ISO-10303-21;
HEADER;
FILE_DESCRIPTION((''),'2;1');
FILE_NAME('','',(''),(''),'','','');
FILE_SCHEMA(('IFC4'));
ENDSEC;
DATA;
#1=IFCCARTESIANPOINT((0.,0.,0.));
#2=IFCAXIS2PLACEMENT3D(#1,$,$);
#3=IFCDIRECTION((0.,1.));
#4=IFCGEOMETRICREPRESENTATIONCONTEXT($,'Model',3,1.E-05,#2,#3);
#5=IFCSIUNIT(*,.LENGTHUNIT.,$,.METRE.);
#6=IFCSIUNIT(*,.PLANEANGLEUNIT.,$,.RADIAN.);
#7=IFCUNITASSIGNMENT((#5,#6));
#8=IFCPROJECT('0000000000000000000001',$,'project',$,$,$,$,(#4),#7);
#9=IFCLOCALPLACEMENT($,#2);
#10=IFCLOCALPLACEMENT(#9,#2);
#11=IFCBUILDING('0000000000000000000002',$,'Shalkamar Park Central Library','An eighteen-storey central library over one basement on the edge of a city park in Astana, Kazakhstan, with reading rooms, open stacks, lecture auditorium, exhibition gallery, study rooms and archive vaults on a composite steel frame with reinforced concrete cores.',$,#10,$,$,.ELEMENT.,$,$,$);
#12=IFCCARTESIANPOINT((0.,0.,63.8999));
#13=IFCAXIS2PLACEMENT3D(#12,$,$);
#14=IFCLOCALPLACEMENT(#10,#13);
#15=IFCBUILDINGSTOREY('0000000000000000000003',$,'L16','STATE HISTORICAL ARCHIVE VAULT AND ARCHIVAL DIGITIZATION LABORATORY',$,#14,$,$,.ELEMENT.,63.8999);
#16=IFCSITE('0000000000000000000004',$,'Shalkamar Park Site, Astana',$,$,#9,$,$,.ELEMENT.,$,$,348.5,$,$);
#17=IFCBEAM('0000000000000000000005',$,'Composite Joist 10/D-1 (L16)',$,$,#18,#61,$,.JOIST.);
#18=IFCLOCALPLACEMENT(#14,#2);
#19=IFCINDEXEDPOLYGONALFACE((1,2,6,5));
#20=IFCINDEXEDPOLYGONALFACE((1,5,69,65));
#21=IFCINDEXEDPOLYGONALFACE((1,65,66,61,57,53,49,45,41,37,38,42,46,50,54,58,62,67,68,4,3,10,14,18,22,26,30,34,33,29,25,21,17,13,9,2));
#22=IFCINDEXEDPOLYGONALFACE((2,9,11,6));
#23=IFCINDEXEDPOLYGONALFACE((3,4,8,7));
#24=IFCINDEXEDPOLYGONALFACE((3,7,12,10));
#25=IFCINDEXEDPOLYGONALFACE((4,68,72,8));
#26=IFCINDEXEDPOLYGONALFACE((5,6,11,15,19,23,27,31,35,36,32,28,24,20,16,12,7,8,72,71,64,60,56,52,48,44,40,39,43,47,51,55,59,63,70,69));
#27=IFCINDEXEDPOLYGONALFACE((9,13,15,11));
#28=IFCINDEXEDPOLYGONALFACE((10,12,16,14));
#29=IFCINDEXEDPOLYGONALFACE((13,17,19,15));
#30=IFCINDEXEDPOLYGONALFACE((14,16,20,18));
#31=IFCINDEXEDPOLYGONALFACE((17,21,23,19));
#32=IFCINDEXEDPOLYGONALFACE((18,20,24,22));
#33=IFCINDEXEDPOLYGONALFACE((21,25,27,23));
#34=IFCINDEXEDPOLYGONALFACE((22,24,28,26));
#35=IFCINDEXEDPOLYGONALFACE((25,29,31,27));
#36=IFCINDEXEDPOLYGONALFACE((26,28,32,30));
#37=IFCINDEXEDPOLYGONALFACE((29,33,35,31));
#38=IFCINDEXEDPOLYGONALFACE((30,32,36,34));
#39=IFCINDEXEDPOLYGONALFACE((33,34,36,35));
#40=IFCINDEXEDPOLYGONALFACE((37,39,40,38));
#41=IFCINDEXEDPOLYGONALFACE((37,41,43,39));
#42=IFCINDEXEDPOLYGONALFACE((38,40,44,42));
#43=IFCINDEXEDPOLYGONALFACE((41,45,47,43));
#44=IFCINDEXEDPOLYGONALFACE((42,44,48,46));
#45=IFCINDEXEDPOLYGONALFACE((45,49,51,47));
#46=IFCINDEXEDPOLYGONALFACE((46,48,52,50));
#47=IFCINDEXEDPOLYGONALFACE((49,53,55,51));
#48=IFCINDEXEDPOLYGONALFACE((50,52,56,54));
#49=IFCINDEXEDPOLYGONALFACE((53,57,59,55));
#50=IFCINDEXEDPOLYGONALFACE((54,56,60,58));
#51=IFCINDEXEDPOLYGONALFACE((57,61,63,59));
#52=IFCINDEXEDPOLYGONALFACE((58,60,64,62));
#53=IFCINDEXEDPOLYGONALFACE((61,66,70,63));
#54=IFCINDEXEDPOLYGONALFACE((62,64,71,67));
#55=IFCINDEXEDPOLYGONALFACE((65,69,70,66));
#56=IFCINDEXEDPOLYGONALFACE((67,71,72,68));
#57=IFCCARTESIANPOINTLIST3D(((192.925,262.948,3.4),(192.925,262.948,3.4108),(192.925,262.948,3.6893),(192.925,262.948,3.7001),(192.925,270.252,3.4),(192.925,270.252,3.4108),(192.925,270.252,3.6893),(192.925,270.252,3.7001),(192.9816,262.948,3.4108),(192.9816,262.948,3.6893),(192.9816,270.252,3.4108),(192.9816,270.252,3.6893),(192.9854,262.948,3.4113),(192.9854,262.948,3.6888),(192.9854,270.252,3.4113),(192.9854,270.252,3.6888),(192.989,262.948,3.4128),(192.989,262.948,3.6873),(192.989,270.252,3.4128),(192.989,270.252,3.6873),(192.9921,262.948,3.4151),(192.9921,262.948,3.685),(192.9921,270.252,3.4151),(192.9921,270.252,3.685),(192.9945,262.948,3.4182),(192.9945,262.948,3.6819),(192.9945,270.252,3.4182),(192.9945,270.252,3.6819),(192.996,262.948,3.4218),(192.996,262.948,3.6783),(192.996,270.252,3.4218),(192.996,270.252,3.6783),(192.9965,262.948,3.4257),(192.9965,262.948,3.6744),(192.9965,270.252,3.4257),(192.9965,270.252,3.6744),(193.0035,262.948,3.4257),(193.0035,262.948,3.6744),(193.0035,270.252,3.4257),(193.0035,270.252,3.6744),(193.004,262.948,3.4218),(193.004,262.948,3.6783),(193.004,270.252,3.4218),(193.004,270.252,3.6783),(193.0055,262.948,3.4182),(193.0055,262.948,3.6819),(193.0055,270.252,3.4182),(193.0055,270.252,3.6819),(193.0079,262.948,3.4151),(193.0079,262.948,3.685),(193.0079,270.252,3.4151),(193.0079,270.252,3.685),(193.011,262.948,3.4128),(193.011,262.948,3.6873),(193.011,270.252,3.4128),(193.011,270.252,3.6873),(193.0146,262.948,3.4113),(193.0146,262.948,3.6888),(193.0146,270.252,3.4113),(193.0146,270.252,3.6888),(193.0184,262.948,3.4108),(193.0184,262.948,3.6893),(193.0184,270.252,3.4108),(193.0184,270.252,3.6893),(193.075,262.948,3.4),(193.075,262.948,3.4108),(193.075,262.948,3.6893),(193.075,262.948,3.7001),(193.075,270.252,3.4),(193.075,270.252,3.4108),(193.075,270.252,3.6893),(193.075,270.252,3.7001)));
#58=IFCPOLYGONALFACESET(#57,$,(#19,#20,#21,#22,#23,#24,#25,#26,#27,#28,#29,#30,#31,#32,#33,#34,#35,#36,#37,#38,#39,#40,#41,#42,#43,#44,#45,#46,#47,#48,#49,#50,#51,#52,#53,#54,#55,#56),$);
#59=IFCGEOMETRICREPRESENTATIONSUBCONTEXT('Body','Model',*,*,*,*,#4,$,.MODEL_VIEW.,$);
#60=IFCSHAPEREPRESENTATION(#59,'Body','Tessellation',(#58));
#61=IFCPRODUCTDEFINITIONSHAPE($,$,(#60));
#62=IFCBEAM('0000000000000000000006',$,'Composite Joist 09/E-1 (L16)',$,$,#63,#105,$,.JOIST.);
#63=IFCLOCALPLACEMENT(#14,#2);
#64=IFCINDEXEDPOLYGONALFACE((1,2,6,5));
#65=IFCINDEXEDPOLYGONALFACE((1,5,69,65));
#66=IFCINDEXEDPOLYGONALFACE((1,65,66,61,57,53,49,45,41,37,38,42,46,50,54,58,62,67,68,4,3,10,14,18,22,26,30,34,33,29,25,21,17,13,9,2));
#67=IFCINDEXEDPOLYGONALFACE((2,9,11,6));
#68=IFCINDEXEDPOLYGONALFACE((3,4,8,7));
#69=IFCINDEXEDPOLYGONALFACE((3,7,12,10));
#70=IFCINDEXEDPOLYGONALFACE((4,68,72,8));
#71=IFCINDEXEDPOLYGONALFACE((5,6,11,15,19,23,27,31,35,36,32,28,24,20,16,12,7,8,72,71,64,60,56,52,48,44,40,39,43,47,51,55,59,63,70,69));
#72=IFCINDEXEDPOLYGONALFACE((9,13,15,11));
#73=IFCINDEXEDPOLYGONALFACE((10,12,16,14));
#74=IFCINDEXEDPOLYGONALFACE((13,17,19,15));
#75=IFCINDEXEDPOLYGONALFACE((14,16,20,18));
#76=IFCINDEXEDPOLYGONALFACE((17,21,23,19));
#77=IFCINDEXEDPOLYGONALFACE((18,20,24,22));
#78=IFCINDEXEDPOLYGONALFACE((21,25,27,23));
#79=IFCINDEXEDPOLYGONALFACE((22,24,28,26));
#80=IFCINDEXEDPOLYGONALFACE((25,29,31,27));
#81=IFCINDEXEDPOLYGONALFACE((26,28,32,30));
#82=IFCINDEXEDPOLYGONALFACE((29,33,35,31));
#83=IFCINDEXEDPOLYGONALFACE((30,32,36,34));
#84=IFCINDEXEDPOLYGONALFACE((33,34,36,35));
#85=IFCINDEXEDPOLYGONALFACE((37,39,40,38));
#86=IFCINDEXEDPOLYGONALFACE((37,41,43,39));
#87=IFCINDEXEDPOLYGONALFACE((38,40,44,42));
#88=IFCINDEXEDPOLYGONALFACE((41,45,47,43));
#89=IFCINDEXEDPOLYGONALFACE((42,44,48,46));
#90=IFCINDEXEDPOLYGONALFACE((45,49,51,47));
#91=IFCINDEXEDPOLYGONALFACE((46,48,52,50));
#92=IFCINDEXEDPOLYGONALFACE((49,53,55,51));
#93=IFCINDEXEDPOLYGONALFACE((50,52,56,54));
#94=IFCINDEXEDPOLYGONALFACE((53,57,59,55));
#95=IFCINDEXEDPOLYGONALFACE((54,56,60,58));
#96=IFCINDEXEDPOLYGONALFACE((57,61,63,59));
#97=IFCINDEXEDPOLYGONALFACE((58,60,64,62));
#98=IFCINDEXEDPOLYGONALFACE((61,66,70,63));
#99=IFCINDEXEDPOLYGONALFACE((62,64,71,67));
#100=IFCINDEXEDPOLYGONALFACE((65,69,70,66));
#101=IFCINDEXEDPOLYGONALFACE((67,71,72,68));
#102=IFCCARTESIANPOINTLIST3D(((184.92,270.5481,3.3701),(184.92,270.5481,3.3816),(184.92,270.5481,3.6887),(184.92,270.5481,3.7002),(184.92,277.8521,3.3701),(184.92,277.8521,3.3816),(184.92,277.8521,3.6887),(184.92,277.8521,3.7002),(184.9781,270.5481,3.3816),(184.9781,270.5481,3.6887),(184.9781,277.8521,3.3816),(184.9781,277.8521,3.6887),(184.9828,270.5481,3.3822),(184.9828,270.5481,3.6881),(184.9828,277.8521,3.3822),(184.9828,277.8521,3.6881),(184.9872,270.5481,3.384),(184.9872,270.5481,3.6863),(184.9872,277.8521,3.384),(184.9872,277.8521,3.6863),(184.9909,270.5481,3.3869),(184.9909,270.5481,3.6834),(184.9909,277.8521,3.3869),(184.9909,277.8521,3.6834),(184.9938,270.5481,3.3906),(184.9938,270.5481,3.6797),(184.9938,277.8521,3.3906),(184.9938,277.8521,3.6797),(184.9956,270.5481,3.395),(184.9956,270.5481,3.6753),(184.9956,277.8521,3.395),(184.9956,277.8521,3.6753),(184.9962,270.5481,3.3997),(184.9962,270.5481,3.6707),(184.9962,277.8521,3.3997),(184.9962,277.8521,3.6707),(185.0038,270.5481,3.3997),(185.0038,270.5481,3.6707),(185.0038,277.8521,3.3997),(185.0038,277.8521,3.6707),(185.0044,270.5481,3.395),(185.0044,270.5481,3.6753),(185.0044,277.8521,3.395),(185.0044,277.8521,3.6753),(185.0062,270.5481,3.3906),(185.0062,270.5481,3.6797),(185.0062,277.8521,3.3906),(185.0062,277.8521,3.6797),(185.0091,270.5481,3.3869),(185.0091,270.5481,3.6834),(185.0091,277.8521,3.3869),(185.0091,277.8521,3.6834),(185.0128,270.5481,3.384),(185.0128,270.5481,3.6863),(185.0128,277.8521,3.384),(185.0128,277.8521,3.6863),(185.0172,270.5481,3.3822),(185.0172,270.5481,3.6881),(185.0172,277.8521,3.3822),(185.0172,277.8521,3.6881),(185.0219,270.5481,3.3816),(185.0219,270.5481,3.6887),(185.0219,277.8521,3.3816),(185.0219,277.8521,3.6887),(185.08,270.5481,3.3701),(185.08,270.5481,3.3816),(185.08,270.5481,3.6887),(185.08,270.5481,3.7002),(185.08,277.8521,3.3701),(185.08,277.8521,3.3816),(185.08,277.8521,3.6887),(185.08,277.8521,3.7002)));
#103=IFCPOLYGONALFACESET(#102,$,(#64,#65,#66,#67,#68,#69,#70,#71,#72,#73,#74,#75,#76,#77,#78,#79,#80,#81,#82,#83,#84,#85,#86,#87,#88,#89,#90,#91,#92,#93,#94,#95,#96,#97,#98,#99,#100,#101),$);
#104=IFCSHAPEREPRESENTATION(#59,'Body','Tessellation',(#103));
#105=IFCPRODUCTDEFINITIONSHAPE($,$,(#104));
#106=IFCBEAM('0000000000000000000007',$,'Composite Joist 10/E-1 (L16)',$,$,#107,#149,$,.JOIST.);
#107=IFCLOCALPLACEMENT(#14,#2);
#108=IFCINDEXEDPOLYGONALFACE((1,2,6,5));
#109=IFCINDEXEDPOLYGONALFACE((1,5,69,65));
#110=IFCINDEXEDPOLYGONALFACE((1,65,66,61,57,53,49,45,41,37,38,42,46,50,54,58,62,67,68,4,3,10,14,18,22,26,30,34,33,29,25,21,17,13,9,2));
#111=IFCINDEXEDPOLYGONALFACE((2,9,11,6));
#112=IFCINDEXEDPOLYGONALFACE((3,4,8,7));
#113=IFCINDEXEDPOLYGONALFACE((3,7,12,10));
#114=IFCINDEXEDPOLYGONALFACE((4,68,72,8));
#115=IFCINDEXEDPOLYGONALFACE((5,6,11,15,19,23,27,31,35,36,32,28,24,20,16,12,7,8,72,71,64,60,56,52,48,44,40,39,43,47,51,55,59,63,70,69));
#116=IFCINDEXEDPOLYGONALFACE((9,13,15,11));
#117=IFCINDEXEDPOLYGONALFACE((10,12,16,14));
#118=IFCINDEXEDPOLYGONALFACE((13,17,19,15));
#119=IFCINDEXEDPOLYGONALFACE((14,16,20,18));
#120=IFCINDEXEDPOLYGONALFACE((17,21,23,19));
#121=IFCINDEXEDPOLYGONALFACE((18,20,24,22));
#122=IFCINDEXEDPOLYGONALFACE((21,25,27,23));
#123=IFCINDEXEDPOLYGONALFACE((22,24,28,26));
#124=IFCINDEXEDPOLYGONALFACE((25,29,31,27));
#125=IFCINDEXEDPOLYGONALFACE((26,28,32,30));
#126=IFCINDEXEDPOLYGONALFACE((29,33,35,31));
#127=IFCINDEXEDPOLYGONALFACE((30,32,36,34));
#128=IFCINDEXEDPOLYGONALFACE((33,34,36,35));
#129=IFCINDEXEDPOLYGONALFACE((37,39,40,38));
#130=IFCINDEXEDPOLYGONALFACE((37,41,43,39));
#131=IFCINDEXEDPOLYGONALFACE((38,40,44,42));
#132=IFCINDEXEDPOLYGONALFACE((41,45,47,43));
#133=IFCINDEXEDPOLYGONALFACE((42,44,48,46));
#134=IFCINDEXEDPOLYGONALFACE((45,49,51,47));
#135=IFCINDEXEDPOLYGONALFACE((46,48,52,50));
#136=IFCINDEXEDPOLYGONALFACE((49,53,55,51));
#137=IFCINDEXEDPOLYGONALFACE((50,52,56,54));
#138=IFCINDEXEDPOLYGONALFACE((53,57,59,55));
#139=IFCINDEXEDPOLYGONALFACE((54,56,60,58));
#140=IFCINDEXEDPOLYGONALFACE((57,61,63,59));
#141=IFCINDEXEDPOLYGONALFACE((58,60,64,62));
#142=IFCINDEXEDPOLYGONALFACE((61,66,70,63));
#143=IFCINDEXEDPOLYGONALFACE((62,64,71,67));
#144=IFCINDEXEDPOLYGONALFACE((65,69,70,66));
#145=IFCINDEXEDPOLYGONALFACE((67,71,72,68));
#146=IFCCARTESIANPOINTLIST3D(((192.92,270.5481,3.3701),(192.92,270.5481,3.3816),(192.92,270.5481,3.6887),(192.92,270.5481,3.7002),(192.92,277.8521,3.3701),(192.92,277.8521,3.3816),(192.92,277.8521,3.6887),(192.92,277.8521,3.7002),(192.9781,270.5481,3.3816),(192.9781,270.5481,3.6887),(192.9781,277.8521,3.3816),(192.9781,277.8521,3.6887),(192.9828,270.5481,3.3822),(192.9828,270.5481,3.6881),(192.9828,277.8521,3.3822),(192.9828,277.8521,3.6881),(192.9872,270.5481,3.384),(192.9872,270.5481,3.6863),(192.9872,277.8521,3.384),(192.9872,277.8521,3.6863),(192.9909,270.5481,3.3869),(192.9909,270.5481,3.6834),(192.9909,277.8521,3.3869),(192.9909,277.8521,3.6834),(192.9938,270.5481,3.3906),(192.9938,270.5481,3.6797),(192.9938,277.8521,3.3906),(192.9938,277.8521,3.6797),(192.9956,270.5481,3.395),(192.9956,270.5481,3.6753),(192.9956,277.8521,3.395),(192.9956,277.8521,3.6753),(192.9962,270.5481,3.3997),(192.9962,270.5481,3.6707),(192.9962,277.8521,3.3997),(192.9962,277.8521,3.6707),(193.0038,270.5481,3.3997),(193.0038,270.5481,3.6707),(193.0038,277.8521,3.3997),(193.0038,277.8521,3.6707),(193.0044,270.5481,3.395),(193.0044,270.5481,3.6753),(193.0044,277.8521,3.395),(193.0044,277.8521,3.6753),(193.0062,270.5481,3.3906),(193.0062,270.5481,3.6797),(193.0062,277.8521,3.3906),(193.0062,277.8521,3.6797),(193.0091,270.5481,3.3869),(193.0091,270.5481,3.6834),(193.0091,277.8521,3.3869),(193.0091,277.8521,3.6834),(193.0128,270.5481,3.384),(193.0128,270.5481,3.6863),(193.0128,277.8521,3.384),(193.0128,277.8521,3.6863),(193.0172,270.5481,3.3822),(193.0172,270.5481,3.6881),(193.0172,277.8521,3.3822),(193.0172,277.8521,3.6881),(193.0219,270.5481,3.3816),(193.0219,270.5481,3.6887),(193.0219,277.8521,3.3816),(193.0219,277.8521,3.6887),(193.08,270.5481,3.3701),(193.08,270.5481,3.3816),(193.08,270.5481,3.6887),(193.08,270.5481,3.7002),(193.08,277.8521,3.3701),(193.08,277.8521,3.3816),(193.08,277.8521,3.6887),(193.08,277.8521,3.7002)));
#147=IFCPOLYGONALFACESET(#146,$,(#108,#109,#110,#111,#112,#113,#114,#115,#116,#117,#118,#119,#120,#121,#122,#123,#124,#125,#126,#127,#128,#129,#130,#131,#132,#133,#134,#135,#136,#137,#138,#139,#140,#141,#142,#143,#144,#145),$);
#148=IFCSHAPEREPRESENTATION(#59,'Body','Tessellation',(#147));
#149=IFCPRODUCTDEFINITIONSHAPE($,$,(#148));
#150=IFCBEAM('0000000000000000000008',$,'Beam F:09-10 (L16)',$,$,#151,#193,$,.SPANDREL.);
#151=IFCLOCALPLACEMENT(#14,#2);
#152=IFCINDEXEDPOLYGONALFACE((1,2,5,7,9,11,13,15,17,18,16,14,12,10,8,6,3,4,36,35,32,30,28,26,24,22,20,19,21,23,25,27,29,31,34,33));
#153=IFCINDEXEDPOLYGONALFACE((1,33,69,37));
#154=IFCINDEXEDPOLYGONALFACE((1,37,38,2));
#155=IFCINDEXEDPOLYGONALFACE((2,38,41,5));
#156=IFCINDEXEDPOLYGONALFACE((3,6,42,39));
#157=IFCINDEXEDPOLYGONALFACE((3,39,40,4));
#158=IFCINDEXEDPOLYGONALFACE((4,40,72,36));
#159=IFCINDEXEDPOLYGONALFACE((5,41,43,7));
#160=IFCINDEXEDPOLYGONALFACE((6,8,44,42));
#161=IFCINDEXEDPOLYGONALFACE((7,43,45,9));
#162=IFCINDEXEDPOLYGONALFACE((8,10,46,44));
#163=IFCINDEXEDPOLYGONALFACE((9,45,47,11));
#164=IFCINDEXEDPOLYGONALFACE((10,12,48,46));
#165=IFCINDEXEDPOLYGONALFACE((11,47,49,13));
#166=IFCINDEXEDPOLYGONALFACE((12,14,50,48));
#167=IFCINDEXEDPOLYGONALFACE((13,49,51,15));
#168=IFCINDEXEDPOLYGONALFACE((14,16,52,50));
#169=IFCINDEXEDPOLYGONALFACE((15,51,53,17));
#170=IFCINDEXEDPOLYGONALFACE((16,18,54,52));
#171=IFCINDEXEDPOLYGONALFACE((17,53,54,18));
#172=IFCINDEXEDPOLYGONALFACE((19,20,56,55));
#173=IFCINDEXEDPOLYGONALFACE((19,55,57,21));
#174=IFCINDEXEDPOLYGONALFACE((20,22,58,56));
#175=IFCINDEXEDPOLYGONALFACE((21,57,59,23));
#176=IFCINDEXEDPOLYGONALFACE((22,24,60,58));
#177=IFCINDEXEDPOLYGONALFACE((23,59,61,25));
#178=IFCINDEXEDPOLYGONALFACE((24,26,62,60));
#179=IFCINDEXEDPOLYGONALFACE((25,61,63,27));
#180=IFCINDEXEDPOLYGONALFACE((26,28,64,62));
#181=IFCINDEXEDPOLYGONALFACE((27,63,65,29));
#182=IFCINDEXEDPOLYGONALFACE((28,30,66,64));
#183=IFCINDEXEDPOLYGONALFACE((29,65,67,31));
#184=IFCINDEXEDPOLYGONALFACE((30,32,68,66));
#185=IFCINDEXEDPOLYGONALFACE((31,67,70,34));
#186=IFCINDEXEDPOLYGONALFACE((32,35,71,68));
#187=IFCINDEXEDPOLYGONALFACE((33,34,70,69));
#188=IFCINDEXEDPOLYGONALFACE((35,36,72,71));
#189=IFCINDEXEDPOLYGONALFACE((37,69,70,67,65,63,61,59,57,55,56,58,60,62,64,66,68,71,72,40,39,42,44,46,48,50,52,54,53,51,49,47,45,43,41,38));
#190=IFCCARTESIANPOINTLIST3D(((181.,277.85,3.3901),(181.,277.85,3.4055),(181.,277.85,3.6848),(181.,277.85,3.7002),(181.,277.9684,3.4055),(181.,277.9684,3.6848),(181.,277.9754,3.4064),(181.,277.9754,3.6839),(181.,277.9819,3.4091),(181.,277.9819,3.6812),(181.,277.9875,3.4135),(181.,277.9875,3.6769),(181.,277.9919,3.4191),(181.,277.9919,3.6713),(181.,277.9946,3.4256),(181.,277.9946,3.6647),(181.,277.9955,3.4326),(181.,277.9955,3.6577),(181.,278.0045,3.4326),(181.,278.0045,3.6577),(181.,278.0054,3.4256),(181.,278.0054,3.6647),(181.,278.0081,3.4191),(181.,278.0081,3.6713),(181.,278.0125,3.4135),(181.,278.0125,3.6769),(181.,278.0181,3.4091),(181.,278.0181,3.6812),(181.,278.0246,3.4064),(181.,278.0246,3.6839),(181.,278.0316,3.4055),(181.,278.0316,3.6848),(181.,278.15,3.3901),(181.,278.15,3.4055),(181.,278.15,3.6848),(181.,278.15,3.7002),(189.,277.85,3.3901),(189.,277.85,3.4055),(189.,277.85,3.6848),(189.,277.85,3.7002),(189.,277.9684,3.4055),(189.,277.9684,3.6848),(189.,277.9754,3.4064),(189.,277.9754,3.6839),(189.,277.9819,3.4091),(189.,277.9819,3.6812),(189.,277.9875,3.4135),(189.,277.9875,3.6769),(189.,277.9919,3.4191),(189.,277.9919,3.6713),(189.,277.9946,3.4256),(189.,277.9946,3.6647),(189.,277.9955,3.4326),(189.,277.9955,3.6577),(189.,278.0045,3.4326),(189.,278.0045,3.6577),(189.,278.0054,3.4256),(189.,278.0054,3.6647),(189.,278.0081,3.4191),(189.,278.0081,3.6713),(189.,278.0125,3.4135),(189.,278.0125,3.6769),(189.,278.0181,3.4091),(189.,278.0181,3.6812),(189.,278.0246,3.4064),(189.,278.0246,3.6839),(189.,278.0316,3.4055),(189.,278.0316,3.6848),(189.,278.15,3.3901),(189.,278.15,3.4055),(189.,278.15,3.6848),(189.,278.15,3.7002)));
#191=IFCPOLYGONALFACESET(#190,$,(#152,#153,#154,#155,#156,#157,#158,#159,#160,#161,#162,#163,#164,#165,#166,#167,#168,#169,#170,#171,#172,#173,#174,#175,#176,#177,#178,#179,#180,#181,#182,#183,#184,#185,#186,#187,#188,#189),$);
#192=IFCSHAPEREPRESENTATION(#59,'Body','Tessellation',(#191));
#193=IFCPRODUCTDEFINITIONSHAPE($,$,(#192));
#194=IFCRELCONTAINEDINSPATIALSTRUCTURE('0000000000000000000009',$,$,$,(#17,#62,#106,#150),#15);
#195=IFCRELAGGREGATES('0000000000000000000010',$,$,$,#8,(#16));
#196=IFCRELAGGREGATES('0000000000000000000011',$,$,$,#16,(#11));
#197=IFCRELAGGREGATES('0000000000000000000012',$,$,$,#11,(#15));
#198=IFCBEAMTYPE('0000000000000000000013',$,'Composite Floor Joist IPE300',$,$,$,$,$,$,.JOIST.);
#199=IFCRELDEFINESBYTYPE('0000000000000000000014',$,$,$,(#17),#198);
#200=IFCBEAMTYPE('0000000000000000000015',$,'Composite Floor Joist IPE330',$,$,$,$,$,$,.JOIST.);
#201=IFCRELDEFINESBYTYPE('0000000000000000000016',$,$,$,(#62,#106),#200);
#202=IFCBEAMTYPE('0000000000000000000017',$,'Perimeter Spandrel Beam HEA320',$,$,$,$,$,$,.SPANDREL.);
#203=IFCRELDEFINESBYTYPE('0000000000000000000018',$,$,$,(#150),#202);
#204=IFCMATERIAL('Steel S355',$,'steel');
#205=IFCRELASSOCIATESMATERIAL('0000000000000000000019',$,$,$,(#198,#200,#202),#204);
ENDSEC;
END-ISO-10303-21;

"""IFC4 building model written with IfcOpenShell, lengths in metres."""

from ifc_helpers import new_model, si_unit, direction, frame, origin, origin_2d, place, context, subcontext, project, spatial, i_section, extrude, material, material_profile, profile_set, type_object, element, save


model = new_model("IFC4")

# Units and contexts
model_context = context("Model", 3, precision=1e-05, world=origin(), true_north=direction((0.0, 1.0)))
body_context = subcontext(model_context, "Body", "Model", "MODEL_VIEW")
ifc_project = project(units=[si_unit("LENGTHUNIT", "METRE"), si_unit("PLANEANGLEUNIT", "RADIAN")], contexts=[model_context])

# Site, building, storey
site_placement = place(None, origin())
site = spatial("IfcSite", under=ifc_project, at=site_placement, Name="Shalkamar Park Site, Astana", CompositionType="ELEMENT", RefElevation=348.5)
building_placement = place(site_placement, origin())
building = spatial("IfcBuilding", under=site, at=building_placement, Name="Shalkamar Park Central Library", Description="An eighteen-storey central library over one basement on the edge of a city park in Astana, Kazakhstan, with reading rooms, open stacks, lecture auditorium, exhibition gallery, study rooms and archive vaults on a composite steel frame with reinforced concrete cores.", CompositionType="ELEMENT")
storey_placement = place(building_placement, frame((0.0, 0.0, 63.8999)))
storey = spatial("IfcBuildingStorey", under=building, at=storey_placement, Name="L16", Description="STATE HISTORICAL ARCHIVE VAULT AND ARCHIVAL DIGITIZATION LABORATORY", CompositionType="ELEMENT", Elevation=63.8999)

# Shared definitions
ifc_material_1 = material(Name="Steel S355", Category="steel")

# Beams
ifc_material_profile_1 = material_profile(ifc_material_1, i_section(OverallWidth=0.1499, OverallDepth=0.3, WebThickness=0.0071, FlangeThickness=0.0107, FilletRadius=0.0149, at=origin_2d()), Name="IPE 300")
ifc_profile_set_1 = profile_set([ifc_material_profile_1], Name="Steel S355")
beam_type_1 = type_object("IfcBeamType", Name="Composite Floor Joist IPE300", PredefinedType="JOIST", material=ifc_profile_set_1)
for number, where, z_axis, x_axis, name in (
    (1, (193.0, 262.948, 3.55), (0.0, 1.0, 0.0), (-1.0, 0.0, 0.0), "Composite Joist 10/D-1 (L16)"),
):
    element("IfcBeam", number, at=place(storey_placement, frame(where, z_axis=z_axis, x_axis=x_axis)), inside=storey, type_object=beam_type_1, Name=name, PredefinedType="JOIST", context=body_context, shape_type="SweptSolid", body=[
        extrude(i_section(OverallWidth=0.1499, OverallDepth=0.3, WebThickness=0.0071, FlangeThickness=0.0107, FilletRadius=0.0149, at=origin_2d()), origin(), (0.0, 0.0, 1.0), 7.304),
    ])
ifc_material_profile_2 = material_profile(ifc_material_1, i_section(OverallWidth=0.1599, OverallDepth=0.3301, WebThickness=0.0076, FlangeThickness=0.0115, FilletRadius=0.0181, at=origin_2d()), Name="IPE 330")
ifc_profile_set_2 = profile_set([ifc_material_profile_2], Name="Steel S355")
beam_type_2 = type_object("IfcBeamType", Name="Composite Floor Joist IPE330", PredefinedType="JOIST", material=ifc_profile_set_2)
for number, where, z_axis, x_axis, name in (
    (2, (185.0, 270.5481, 3.5352), (0.0, 1.0, 0.0), (-1.0, 0.0, 0.0), "Composite Joist 09/E-1 (L16)"),
    (3, (193.0, 270.5481, 3.5352), (0.0, 1.0, 0.0), (-1.0, 0.0, 0.0), "Composite Joist 10/E-1 (L16)"),
):
    element("IfcBeam", number, at=place(storey_placement, frame(where, z_axis=z_axis, x_axis=x_axis)), inside=storey, type_object=beam_type_2, Name=name, PredefinedType="JOIST", context=body_context, shape_type="SweptSolid", body=[
        extrude(i_section(OverallWidth=0.1599, OverallDepth=0.3301, WebThickness=0.0076, FlangeThickness=0.0115, FilletRadius=0.0181, at=origin_2d()), origin(), (0.0, 0.0, 1.0), 7.304),
    ])
ifc_material_profile_3 = material_profile(ifc_material_1, i_section(OverallWidth=0.3, OverallDepth=0.3101, WebThickness=0.009, FlangeThickness=0.0154, FilletRadius=0.0271, at=origin_2d()), Name="HEA 320")
ifc_profile_set_3 = profile_set([ifc_material_profile_3], Name="Steel S355")
beam_type_3 = type_object("IfcBeamType", Name="Perimeter Spandrel Beam HEA320", PredefinedType="SPANDREL", material=ifc_profile_set_3)
for number, where, z_axis, x_axis, name in (
    (4, (181.0, 278.0, 3.5452), (1.0, 0.0, 0.0), (0.0, 1.0, 0.0), "Beam F:09-10 (L16)"),
):
    element("IfcBeam", number, at=place(storey_placement, frame(where, z_axis=z_axis, x_axis=x_axis)), inside=storey, type_object=beam_type_3, Name=name, PredefinedType="SPANDREL", context=body_context, shape_type="SweptSolid", body=[
        extrude(i_section(OverallWidth=0.3, OverallDepth=0.3101, WebThickness=0.009, FlangeThickness=0.0154, FilletRadius=0.0271, at=origin_2d()), origin(), (0.0, 0.0, 1.0), 8.0),
    ])

save(model, "model.ifc")
